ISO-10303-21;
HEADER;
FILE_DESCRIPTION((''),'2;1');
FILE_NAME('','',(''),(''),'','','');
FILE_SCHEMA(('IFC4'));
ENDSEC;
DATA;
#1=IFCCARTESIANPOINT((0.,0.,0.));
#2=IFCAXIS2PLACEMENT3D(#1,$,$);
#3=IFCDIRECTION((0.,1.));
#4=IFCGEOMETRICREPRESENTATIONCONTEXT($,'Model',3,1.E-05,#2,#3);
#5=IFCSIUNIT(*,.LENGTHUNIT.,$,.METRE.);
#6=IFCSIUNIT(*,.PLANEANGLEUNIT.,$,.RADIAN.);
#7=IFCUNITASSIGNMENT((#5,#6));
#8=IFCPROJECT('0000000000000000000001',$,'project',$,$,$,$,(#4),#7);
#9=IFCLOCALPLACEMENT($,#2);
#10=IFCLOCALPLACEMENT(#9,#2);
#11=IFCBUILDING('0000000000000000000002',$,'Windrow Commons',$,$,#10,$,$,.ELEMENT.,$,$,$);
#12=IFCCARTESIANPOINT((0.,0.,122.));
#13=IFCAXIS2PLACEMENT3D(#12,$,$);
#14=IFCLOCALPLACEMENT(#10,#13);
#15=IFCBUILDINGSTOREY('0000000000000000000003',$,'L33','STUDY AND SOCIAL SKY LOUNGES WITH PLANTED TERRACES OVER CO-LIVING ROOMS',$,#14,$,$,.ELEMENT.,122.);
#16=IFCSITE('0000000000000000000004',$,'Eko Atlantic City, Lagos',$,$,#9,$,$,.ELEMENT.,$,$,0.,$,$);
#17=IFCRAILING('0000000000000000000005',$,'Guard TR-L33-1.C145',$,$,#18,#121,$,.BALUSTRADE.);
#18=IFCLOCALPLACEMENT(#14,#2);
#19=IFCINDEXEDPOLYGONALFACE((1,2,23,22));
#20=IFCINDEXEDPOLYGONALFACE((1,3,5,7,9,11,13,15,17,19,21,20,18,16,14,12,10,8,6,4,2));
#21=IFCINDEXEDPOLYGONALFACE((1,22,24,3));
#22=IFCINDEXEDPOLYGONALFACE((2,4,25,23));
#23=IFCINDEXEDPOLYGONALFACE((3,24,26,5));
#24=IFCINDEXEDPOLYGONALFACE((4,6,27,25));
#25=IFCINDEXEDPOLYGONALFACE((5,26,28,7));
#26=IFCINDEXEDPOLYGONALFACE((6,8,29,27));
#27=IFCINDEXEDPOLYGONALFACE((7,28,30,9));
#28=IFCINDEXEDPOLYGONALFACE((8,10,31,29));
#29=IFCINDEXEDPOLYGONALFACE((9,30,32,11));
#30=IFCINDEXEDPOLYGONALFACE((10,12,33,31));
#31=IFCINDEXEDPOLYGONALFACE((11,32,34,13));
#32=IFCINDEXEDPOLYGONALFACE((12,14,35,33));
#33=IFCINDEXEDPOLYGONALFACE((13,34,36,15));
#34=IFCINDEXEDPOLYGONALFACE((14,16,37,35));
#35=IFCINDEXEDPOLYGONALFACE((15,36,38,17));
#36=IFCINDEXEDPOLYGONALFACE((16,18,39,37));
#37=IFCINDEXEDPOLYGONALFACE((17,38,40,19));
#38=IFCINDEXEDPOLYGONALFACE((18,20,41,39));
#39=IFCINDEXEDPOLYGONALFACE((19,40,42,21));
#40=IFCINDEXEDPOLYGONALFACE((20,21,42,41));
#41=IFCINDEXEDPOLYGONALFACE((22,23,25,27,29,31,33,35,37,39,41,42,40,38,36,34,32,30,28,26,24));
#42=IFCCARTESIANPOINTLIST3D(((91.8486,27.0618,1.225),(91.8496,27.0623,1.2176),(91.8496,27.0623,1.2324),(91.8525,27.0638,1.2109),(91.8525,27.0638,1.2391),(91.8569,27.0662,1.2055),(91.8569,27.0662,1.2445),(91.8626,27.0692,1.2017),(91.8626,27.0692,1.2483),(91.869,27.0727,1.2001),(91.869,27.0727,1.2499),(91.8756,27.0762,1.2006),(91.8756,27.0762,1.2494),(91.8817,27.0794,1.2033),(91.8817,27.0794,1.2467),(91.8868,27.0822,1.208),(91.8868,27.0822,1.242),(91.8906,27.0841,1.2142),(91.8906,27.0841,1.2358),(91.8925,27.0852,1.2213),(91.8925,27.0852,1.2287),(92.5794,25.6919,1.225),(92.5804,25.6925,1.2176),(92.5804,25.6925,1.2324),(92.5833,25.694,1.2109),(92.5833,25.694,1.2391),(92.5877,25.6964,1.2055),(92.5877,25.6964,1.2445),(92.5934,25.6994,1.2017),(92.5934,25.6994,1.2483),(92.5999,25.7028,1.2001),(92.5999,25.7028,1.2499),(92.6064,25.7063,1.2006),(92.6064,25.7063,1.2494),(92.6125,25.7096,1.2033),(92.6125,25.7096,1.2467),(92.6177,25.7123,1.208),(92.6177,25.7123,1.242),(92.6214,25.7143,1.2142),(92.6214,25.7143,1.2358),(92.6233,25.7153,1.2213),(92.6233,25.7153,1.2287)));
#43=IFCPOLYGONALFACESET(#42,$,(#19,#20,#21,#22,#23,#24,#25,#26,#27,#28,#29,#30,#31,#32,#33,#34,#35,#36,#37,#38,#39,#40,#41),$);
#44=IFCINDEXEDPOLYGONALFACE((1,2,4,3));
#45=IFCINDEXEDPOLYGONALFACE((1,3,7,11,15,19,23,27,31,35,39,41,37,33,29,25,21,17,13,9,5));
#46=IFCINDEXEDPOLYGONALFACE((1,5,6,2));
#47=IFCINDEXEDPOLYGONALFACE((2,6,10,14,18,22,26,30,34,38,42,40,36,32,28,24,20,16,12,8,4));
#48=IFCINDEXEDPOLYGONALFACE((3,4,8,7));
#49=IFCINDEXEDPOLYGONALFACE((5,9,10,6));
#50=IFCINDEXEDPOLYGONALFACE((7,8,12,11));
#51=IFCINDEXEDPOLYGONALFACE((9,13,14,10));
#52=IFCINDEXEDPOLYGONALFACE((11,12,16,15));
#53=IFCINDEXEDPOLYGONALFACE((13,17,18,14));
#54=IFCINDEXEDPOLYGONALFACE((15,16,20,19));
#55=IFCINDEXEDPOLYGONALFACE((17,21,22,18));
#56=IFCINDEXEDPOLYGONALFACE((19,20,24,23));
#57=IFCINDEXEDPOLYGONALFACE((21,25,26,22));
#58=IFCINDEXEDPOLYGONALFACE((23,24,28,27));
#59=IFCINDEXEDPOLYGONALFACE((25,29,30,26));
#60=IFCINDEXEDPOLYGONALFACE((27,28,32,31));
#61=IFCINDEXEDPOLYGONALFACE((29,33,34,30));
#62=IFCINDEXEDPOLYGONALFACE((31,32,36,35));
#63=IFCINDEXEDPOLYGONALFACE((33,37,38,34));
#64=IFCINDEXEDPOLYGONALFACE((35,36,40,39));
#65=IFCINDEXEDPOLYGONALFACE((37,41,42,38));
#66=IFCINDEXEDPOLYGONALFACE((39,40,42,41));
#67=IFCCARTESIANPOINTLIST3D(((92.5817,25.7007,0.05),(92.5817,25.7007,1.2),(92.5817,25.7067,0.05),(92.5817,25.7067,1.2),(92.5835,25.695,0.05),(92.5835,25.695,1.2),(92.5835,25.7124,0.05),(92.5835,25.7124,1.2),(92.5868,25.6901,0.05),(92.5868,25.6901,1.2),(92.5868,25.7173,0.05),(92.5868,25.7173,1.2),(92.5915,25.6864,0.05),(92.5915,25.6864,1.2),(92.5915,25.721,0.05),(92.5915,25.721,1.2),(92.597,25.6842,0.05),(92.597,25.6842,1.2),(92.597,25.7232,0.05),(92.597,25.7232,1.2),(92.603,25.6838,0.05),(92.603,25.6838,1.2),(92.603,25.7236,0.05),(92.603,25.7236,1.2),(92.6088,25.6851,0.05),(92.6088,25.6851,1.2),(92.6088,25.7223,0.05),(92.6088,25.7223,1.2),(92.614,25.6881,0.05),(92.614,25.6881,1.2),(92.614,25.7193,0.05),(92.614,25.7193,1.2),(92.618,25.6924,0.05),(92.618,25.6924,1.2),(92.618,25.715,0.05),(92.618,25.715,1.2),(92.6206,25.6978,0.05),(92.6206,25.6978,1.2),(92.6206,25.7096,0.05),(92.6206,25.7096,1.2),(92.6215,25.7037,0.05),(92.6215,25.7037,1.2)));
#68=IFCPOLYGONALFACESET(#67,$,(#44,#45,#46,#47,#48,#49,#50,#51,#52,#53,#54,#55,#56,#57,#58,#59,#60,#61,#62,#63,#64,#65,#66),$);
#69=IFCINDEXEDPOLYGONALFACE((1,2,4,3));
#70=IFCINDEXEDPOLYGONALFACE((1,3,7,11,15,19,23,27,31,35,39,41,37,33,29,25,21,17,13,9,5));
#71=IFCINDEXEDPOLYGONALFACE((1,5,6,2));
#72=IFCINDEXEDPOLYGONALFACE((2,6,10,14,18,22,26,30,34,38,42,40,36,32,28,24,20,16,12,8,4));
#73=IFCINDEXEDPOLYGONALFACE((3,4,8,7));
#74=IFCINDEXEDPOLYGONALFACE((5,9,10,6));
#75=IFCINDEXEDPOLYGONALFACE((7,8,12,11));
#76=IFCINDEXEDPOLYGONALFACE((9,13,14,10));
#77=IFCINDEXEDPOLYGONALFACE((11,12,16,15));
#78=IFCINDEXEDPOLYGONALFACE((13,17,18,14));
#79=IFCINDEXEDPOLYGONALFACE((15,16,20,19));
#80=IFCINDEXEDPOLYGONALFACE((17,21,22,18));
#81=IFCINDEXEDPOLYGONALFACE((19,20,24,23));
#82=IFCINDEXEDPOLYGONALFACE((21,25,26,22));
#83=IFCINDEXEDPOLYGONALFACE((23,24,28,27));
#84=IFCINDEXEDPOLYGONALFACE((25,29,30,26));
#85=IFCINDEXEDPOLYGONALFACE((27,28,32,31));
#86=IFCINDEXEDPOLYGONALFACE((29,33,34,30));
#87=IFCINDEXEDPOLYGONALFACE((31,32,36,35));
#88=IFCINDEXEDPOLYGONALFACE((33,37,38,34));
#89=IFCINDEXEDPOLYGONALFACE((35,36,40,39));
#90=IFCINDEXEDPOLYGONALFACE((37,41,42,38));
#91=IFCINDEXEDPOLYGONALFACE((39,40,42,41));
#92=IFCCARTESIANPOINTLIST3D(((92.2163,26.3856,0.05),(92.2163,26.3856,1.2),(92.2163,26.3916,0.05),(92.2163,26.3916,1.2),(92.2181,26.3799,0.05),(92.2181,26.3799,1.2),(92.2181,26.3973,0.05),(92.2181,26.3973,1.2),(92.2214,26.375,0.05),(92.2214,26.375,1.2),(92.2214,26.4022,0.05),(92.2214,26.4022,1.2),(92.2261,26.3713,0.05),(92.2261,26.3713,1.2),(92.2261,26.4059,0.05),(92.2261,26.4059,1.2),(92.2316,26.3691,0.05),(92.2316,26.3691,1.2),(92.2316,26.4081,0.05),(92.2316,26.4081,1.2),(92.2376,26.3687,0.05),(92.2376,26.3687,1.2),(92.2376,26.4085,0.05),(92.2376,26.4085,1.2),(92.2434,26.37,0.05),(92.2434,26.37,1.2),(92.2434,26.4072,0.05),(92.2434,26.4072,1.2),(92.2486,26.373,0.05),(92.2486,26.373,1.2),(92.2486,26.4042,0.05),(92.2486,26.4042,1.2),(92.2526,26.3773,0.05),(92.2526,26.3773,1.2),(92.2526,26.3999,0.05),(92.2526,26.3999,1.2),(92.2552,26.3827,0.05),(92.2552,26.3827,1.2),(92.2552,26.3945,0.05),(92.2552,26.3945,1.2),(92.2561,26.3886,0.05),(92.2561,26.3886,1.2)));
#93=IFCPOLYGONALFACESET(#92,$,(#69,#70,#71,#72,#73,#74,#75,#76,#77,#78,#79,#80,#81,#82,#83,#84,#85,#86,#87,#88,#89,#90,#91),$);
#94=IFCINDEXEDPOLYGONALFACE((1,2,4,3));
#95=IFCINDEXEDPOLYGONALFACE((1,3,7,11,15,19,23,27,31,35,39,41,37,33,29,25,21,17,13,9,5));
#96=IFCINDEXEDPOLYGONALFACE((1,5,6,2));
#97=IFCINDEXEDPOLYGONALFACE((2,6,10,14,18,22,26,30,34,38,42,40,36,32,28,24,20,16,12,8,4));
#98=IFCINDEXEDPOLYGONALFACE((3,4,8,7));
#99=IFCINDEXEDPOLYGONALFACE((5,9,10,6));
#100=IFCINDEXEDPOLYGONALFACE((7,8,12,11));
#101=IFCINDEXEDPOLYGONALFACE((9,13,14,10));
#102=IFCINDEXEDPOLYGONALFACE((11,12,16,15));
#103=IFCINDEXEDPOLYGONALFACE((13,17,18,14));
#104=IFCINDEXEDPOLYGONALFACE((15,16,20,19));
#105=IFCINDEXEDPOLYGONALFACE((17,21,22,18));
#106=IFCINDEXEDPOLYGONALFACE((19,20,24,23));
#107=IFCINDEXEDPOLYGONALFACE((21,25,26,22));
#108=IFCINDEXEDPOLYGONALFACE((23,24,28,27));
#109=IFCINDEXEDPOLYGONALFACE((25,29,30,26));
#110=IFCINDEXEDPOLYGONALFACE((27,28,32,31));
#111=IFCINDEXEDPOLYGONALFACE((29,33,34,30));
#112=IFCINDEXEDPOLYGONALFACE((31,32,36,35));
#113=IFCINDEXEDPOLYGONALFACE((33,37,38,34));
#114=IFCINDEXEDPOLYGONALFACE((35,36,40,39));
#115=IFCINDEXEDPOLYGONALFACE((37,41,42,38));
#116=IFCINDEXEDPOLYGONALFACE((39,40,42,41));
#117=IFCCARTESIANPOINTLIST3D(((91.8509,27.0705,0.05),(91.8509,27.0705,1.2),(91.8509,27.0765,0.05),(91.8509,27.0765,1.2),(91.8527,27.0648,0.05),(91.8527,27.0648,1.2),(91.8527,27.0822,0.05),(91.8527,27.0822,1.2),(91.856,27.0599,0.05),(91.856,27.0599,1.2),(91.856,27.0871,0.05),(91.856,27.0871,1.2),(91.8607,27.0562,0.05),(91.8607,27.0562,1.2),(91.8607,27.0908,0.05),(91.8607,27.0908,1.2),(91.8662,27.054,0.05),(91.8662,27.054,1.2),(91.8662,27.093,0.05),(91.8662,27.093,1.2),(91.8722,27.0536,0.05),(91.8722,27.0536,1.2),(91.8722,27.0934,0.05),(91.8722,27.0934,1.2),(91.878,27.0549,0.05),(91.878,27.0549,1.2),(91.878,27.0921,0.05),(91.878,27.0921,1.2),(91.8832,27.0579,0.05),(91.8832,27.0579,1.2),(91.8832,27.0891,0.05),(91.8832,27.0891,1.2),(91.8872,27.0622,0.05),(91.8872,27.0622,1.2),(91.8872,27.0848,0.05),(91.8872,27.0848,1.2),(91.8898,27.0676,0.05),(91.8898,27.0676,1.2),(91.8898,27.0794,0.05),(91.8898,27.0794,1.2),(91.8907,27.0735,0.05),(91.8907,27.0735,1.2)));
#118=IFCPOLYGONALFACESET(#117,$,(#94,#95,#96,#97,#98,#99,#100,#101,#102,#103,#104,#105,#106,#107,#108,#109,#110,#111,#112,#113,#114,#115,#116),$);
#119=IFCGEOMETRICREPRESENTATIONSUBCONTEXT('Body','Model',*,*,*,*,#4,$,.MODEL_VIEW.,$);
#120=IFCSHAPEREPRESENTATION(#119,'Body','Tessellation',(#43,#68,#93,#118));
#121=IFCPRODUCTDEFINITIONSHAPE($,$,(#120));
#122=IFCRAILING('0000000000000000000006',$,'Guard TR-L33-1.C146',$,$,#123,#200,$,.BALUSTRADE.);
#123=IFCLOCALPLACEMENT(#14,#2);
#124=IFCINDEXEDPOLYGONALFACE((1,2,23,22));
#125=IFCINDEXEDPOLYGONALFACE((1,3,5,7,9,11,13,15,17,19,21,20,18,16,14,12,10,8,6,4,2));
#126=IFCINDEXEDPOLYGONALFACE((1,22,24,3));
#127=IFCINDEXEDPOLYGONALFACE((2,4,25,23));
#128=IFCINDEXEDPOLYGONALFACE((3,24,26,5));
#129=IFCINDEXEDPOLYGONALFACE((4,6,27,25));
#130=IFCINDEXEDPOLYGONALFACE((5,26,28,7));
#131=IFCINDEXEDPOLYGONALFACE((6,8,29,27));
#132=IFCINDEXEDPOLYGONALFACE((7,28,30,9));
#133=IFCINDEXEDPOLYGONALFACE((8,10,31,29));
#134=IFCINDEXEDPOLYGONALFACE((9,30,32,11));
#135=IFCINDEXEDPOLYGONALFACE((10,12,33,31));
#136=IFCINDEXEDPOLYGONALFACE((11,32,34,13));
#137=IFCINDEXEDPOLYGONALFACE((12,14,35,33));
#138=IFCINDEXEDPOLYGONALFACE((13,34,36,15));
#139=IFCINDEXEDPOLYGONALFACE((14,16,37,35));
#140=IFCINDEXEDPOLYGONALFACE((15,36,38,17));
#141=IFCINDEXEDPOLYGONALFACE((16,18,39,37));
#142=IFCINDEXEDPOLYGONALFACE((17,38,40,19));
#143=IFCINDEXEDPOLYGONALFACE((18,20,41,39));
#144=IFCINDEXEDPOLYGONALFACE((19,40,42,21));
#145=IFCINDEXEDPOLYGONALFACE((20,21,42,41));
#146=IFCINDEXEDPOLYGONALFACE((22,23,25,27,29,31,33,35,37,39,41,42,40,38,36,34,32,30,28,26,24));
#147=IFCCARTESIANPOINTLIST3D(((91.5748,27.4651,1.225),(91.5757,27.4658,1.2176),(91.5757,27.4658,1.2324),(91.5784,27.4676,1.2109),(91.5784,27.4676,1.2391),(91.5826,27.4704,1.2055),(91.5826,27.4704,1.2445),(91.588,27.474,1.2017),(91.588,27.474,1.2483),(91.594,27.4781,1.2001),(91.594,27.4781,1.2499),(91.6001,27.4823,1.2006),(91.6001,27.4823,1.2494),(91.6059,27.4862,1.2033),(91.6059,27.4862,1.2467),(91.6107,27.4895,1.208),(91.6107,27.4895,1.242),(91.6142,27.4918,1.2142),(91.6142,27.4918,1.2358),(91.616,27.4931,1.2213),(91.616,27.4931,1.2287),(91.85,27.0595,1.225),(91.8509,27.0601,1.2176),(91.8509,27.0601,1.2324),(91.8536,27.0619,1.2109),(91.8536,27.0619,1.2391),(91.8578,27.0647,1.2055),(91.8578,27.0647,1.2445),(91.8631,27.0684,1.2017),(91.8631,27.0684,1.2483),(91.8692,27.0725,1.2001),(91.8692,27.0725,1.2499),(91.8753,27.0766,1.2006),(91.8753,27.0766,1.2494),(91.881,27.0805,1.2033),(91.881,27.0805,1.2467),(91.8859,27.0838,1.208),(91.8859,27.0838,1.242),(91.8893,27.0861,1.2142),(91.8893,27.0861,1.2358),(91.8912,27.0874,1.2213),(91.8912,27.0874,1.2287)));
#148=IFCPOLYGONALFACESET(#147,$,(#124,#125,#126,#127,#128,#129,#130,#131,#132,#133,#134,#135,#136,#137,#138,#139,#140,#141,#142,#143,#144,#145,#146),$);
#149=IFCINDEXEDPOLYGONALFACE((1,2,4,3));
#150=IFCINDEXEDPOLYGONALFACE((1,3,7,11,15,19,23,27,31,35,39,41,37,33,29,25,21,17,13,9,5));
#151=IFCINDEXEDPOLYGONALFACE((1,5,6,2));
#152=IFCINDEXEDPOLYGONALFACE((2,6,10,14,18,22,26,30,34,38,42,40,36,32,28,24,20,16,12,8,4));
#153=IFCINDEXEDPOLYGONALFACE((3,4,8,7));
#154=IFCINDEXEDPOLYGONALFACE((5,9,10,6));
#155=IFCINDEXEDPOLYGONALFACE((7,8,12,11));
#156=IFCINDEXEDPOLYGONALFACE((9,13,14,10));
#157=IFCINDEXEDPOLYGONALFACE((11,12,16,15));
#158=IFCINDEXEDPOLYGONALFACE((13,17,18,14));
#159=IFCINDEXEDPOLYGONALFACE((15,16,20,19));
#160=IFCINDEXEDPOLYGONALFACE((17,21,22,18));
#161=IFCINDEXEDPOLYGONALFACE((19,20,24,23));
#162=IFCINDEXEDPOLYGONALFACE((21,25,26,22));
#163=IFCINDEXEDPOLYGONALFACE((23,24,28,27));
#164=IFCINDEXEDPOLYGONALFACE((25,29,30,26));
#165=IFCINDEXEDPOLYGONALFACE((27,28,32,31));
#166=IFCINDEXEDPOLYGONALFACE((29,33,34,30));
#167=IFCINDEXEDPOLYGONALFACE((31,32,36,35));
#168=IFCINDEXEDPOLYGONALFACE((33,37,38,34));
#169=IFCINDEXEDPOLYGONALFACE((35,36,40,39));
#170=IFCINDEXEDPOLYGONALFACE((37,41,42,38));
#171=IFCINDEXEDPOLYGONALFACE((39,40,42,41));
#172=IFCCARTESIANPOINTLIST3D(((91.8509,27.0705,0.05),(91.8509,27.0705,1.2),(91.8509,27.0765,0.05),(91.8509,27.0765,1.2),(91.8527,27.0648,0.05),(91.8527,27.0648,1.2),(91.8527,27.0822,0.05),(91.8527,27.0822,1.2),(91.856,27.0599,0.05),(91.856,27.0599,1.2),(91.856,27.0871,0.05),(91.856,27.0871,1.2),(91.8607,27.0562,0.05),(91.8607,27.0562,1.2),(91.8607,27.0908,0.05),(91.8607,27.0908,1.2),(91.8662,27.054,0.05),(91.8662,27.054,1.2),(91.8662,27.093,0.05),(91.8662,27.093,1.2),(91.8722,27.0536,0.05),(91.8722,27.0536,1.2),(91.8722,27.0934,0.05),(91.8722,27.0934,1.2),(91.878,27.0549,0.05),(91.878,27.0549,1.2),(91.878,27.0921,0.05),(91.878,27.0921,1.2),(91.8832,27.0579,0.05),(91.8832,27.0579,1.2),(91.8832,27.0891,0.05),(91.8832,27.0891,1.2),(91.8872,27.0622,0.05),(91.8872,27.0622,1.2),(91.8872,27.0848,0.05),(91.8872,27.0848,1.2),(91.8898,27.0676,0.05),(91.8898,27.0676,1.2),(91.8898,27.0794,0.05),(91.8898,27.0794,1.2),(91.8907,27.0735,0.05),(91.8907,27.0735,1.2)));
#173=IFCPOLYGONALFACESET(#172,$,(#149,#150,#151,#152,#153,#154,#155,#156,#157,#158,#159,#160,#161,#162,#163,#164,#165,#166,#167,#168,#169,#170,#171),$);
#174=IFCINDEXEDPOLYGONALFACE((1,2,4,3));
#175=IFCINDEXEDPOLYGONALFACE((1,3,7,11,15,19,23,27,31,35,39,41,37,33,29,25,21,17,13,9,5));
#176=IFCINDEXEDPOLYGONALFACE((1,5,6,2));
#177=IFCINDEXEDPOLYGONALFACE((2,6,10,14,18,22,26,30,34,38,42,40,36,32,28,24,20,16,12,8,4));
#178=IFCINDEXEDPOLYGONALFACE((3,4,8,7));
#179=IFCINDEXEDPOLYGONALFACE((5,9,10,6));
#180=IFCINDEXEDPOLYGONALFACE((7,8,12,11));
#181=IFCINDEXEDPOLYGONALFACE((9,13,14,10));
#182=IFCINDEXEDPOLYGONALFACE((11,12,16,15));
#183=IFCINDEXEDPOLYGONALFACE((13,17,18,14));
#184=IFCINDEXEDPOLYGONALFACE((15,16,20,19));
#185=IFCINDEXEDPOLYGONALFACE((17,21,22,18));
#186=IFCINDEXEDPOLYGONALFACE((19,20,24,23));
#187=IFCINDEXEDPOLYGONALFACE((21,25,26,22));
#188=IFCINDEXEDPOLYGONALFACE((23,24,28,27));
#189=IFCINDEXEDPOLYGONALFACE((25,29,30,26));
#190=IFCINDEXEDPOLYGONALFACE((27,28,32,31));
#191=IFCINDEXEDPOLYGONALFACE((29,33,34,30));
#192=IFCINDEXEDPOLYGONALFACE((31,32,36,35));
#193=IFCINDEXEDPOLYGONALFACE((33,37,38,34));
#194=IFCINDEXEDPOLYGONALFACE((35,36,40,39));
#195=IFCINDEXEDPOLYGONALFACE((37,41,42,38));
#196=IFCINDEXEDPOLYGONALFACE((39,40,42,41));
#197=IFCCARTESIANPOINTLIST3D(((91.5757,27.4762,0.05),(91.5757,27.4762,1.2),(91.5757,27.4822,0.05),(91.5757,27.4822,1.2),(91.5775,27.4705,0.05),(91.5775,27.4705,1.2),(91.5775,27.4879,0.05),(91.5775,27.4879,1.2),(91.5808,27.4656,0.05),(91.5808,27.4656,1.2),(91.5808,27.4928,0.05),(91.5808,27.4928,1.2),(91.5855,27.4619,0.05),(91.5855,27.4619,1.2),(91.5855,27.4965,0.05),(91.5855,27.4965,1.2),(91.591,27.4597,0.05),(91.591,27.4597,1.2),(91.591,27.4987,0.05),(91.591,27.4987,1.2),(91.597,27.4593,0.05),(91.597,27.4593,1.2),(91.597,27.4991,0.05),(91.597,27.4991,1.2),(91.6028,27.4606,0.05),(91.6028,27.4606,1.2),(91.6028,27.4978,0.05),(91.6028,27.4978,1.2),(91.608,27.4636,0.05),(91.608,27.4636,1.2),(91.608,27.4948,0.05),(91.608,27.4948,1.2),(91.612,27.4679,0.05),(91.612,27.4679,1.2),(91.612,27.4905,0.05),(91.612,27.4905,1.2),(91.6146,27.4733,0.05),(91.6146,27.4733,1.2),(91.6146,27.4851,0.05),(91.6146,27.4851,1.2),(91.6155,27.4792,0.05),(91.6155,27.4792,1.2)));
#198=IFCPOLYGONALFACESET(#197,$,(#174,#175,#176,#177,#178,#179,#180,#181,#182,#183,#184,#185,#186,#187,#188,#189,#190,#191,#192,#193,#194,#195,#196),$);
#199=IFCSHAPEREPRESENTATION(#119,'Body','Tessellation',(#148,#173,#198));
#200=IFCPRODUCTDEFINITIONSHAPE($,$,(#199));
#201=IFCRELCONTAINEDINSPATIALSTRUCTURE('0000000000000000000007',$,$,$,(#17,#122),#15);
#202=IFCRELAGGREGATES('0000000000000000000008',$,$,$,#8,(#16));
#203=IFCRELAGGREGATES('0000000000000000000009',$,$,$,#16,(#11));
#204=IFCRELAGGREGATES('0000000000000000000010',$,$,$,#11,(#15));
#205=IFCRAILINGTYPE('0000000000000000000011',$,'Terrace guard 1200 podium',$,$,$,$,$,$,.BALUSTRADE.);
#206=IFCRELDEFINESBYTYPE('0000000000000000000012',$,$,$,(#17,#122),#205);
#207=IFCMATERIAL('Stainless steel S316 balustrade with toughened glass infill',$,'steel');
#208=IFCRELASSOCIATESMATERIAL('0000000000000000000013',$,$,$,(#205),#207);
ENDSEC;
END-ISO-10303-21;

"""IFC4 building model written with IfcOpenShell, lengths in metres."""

from ifc_helpers import new_model, si_unit, direction, frame, origin, origin_2d, place, context, subcontext, project, spatial, circle, extrude, material, type_object, element, save


model = new_model("IFC4")

# Units and contexts
model_context = context("Model", 3, precision=1e-05, world=origin(), true_north=direction((0.0, 1.0)))
body_context = subcontext(model_context, "Body", "Model", "MODEL_VIEW")
ifc_project = project(units=[si_unit("LENGTHUNIT", "METRE"), si_unit("PLANEANGLEUNIT", "RADIAN")], contexts=[model_context])

# Site, building, storey
site_placement = place(None, origin())
site = spatial("IfcSite", under=ifc_project, at=site_placement, Name="Eko Atlantic City, Lagos", CompositionType="ELEMENT", RefElevation=0.0)
building_placement = place(site_placement, origin())
building = spatial("IfcBuilding", under=site, at=building_placement, Name="Windrow Commons", CompositionType="ELEMENT")
storey_placement = place(building_placement, frame((0.0, 0.0, 122.0)))
storey = spatial("IfcBuildingStorey", under=building, at=storey_placement, Name="L33", Description="STUDY AND SOCIAL SKY LOUNGES WITH PLANTED TERRACES OVER CO-LIVING ROOMS", CompositionType="ELEMENT", Elevation=122.0)

# Railings
ifc_material_1 = material(Name="Stainless steel S316 balustrade with toughened glass infill", Category="steel")
railing_type = type_object("IfcRailingType", Name="Terrace guard 1200 podium", PredefinedType="BALUSTRADE", material=ifc_material_1)
railing_1_placement = place(storey_placement, frame((92.6015, 25.7037, 0.05)))
element("IfcRailing", 1, at=railing_1_placement, inside=storey, type_object=railing_type, Name="Guard TR-L33-1.C145", PredefinedType="BALUSTRADE", context=body_context, shape_type="SweptSolid", body=[
    extrude(circle(Radius=0.025, at=origin_2d()), frame((0.0, 0.0, 1.175), z_axis=(-0.470709, 0.882289, 0.0), x_axis=(-0.882289, -0.470709, 0.0)), (0.0, 0.0, 1.0), 1.5526),
    extrude(circle(Radius=0.02, at=origin_2d()), origin(), (0.0, 0.0, 1.0), 1.15),
    extrude(circle(Radius=0.02, at=origin_2d()), frame((-0.3654, 0.6849, 0.0)), (0.0, 0.0, 1.0), 1.15),
    extrude(circle(Radius=0.02, at=origin_2d()), frame((-0.7308, 1.3698, 0.0)), (0.0, 0.0, 1.0), 1.15),
])
railing_2_placement = place(storey_placement, frame((91.8707, 27.0735, 0.05)))
element("IfcRailing", 2, at=railing_2_placement, inside=storey, type_object=railing_type, Name="Guard TR-L33-1.C146", PredefinedType="BALUSTRADE", context=body_context, shape_type="SweptSolid", body=[
    extrude(circle(Radius=0.025, at=origin_2d()), frame((0.0, 0.0, 1.175), z_axis=(-0.561367, 0.827567, 0.0), x_axis=(-0.827567, -0.561367, 0.0)), (0.0, 0.0, 1.0), 0.4902),
    extrude(circle(Radius=0.02, at=origin_2d()), origin(), (0.0, 0.0, 1.0), 1.15),
    extrude(circle(Radius=0.02, at=origin_2d()), frame((-0.2752, 0.4057, 0.0)), (0.0, 0.0, 1.0), 1.15),
])

save(model, "model.ifc")
